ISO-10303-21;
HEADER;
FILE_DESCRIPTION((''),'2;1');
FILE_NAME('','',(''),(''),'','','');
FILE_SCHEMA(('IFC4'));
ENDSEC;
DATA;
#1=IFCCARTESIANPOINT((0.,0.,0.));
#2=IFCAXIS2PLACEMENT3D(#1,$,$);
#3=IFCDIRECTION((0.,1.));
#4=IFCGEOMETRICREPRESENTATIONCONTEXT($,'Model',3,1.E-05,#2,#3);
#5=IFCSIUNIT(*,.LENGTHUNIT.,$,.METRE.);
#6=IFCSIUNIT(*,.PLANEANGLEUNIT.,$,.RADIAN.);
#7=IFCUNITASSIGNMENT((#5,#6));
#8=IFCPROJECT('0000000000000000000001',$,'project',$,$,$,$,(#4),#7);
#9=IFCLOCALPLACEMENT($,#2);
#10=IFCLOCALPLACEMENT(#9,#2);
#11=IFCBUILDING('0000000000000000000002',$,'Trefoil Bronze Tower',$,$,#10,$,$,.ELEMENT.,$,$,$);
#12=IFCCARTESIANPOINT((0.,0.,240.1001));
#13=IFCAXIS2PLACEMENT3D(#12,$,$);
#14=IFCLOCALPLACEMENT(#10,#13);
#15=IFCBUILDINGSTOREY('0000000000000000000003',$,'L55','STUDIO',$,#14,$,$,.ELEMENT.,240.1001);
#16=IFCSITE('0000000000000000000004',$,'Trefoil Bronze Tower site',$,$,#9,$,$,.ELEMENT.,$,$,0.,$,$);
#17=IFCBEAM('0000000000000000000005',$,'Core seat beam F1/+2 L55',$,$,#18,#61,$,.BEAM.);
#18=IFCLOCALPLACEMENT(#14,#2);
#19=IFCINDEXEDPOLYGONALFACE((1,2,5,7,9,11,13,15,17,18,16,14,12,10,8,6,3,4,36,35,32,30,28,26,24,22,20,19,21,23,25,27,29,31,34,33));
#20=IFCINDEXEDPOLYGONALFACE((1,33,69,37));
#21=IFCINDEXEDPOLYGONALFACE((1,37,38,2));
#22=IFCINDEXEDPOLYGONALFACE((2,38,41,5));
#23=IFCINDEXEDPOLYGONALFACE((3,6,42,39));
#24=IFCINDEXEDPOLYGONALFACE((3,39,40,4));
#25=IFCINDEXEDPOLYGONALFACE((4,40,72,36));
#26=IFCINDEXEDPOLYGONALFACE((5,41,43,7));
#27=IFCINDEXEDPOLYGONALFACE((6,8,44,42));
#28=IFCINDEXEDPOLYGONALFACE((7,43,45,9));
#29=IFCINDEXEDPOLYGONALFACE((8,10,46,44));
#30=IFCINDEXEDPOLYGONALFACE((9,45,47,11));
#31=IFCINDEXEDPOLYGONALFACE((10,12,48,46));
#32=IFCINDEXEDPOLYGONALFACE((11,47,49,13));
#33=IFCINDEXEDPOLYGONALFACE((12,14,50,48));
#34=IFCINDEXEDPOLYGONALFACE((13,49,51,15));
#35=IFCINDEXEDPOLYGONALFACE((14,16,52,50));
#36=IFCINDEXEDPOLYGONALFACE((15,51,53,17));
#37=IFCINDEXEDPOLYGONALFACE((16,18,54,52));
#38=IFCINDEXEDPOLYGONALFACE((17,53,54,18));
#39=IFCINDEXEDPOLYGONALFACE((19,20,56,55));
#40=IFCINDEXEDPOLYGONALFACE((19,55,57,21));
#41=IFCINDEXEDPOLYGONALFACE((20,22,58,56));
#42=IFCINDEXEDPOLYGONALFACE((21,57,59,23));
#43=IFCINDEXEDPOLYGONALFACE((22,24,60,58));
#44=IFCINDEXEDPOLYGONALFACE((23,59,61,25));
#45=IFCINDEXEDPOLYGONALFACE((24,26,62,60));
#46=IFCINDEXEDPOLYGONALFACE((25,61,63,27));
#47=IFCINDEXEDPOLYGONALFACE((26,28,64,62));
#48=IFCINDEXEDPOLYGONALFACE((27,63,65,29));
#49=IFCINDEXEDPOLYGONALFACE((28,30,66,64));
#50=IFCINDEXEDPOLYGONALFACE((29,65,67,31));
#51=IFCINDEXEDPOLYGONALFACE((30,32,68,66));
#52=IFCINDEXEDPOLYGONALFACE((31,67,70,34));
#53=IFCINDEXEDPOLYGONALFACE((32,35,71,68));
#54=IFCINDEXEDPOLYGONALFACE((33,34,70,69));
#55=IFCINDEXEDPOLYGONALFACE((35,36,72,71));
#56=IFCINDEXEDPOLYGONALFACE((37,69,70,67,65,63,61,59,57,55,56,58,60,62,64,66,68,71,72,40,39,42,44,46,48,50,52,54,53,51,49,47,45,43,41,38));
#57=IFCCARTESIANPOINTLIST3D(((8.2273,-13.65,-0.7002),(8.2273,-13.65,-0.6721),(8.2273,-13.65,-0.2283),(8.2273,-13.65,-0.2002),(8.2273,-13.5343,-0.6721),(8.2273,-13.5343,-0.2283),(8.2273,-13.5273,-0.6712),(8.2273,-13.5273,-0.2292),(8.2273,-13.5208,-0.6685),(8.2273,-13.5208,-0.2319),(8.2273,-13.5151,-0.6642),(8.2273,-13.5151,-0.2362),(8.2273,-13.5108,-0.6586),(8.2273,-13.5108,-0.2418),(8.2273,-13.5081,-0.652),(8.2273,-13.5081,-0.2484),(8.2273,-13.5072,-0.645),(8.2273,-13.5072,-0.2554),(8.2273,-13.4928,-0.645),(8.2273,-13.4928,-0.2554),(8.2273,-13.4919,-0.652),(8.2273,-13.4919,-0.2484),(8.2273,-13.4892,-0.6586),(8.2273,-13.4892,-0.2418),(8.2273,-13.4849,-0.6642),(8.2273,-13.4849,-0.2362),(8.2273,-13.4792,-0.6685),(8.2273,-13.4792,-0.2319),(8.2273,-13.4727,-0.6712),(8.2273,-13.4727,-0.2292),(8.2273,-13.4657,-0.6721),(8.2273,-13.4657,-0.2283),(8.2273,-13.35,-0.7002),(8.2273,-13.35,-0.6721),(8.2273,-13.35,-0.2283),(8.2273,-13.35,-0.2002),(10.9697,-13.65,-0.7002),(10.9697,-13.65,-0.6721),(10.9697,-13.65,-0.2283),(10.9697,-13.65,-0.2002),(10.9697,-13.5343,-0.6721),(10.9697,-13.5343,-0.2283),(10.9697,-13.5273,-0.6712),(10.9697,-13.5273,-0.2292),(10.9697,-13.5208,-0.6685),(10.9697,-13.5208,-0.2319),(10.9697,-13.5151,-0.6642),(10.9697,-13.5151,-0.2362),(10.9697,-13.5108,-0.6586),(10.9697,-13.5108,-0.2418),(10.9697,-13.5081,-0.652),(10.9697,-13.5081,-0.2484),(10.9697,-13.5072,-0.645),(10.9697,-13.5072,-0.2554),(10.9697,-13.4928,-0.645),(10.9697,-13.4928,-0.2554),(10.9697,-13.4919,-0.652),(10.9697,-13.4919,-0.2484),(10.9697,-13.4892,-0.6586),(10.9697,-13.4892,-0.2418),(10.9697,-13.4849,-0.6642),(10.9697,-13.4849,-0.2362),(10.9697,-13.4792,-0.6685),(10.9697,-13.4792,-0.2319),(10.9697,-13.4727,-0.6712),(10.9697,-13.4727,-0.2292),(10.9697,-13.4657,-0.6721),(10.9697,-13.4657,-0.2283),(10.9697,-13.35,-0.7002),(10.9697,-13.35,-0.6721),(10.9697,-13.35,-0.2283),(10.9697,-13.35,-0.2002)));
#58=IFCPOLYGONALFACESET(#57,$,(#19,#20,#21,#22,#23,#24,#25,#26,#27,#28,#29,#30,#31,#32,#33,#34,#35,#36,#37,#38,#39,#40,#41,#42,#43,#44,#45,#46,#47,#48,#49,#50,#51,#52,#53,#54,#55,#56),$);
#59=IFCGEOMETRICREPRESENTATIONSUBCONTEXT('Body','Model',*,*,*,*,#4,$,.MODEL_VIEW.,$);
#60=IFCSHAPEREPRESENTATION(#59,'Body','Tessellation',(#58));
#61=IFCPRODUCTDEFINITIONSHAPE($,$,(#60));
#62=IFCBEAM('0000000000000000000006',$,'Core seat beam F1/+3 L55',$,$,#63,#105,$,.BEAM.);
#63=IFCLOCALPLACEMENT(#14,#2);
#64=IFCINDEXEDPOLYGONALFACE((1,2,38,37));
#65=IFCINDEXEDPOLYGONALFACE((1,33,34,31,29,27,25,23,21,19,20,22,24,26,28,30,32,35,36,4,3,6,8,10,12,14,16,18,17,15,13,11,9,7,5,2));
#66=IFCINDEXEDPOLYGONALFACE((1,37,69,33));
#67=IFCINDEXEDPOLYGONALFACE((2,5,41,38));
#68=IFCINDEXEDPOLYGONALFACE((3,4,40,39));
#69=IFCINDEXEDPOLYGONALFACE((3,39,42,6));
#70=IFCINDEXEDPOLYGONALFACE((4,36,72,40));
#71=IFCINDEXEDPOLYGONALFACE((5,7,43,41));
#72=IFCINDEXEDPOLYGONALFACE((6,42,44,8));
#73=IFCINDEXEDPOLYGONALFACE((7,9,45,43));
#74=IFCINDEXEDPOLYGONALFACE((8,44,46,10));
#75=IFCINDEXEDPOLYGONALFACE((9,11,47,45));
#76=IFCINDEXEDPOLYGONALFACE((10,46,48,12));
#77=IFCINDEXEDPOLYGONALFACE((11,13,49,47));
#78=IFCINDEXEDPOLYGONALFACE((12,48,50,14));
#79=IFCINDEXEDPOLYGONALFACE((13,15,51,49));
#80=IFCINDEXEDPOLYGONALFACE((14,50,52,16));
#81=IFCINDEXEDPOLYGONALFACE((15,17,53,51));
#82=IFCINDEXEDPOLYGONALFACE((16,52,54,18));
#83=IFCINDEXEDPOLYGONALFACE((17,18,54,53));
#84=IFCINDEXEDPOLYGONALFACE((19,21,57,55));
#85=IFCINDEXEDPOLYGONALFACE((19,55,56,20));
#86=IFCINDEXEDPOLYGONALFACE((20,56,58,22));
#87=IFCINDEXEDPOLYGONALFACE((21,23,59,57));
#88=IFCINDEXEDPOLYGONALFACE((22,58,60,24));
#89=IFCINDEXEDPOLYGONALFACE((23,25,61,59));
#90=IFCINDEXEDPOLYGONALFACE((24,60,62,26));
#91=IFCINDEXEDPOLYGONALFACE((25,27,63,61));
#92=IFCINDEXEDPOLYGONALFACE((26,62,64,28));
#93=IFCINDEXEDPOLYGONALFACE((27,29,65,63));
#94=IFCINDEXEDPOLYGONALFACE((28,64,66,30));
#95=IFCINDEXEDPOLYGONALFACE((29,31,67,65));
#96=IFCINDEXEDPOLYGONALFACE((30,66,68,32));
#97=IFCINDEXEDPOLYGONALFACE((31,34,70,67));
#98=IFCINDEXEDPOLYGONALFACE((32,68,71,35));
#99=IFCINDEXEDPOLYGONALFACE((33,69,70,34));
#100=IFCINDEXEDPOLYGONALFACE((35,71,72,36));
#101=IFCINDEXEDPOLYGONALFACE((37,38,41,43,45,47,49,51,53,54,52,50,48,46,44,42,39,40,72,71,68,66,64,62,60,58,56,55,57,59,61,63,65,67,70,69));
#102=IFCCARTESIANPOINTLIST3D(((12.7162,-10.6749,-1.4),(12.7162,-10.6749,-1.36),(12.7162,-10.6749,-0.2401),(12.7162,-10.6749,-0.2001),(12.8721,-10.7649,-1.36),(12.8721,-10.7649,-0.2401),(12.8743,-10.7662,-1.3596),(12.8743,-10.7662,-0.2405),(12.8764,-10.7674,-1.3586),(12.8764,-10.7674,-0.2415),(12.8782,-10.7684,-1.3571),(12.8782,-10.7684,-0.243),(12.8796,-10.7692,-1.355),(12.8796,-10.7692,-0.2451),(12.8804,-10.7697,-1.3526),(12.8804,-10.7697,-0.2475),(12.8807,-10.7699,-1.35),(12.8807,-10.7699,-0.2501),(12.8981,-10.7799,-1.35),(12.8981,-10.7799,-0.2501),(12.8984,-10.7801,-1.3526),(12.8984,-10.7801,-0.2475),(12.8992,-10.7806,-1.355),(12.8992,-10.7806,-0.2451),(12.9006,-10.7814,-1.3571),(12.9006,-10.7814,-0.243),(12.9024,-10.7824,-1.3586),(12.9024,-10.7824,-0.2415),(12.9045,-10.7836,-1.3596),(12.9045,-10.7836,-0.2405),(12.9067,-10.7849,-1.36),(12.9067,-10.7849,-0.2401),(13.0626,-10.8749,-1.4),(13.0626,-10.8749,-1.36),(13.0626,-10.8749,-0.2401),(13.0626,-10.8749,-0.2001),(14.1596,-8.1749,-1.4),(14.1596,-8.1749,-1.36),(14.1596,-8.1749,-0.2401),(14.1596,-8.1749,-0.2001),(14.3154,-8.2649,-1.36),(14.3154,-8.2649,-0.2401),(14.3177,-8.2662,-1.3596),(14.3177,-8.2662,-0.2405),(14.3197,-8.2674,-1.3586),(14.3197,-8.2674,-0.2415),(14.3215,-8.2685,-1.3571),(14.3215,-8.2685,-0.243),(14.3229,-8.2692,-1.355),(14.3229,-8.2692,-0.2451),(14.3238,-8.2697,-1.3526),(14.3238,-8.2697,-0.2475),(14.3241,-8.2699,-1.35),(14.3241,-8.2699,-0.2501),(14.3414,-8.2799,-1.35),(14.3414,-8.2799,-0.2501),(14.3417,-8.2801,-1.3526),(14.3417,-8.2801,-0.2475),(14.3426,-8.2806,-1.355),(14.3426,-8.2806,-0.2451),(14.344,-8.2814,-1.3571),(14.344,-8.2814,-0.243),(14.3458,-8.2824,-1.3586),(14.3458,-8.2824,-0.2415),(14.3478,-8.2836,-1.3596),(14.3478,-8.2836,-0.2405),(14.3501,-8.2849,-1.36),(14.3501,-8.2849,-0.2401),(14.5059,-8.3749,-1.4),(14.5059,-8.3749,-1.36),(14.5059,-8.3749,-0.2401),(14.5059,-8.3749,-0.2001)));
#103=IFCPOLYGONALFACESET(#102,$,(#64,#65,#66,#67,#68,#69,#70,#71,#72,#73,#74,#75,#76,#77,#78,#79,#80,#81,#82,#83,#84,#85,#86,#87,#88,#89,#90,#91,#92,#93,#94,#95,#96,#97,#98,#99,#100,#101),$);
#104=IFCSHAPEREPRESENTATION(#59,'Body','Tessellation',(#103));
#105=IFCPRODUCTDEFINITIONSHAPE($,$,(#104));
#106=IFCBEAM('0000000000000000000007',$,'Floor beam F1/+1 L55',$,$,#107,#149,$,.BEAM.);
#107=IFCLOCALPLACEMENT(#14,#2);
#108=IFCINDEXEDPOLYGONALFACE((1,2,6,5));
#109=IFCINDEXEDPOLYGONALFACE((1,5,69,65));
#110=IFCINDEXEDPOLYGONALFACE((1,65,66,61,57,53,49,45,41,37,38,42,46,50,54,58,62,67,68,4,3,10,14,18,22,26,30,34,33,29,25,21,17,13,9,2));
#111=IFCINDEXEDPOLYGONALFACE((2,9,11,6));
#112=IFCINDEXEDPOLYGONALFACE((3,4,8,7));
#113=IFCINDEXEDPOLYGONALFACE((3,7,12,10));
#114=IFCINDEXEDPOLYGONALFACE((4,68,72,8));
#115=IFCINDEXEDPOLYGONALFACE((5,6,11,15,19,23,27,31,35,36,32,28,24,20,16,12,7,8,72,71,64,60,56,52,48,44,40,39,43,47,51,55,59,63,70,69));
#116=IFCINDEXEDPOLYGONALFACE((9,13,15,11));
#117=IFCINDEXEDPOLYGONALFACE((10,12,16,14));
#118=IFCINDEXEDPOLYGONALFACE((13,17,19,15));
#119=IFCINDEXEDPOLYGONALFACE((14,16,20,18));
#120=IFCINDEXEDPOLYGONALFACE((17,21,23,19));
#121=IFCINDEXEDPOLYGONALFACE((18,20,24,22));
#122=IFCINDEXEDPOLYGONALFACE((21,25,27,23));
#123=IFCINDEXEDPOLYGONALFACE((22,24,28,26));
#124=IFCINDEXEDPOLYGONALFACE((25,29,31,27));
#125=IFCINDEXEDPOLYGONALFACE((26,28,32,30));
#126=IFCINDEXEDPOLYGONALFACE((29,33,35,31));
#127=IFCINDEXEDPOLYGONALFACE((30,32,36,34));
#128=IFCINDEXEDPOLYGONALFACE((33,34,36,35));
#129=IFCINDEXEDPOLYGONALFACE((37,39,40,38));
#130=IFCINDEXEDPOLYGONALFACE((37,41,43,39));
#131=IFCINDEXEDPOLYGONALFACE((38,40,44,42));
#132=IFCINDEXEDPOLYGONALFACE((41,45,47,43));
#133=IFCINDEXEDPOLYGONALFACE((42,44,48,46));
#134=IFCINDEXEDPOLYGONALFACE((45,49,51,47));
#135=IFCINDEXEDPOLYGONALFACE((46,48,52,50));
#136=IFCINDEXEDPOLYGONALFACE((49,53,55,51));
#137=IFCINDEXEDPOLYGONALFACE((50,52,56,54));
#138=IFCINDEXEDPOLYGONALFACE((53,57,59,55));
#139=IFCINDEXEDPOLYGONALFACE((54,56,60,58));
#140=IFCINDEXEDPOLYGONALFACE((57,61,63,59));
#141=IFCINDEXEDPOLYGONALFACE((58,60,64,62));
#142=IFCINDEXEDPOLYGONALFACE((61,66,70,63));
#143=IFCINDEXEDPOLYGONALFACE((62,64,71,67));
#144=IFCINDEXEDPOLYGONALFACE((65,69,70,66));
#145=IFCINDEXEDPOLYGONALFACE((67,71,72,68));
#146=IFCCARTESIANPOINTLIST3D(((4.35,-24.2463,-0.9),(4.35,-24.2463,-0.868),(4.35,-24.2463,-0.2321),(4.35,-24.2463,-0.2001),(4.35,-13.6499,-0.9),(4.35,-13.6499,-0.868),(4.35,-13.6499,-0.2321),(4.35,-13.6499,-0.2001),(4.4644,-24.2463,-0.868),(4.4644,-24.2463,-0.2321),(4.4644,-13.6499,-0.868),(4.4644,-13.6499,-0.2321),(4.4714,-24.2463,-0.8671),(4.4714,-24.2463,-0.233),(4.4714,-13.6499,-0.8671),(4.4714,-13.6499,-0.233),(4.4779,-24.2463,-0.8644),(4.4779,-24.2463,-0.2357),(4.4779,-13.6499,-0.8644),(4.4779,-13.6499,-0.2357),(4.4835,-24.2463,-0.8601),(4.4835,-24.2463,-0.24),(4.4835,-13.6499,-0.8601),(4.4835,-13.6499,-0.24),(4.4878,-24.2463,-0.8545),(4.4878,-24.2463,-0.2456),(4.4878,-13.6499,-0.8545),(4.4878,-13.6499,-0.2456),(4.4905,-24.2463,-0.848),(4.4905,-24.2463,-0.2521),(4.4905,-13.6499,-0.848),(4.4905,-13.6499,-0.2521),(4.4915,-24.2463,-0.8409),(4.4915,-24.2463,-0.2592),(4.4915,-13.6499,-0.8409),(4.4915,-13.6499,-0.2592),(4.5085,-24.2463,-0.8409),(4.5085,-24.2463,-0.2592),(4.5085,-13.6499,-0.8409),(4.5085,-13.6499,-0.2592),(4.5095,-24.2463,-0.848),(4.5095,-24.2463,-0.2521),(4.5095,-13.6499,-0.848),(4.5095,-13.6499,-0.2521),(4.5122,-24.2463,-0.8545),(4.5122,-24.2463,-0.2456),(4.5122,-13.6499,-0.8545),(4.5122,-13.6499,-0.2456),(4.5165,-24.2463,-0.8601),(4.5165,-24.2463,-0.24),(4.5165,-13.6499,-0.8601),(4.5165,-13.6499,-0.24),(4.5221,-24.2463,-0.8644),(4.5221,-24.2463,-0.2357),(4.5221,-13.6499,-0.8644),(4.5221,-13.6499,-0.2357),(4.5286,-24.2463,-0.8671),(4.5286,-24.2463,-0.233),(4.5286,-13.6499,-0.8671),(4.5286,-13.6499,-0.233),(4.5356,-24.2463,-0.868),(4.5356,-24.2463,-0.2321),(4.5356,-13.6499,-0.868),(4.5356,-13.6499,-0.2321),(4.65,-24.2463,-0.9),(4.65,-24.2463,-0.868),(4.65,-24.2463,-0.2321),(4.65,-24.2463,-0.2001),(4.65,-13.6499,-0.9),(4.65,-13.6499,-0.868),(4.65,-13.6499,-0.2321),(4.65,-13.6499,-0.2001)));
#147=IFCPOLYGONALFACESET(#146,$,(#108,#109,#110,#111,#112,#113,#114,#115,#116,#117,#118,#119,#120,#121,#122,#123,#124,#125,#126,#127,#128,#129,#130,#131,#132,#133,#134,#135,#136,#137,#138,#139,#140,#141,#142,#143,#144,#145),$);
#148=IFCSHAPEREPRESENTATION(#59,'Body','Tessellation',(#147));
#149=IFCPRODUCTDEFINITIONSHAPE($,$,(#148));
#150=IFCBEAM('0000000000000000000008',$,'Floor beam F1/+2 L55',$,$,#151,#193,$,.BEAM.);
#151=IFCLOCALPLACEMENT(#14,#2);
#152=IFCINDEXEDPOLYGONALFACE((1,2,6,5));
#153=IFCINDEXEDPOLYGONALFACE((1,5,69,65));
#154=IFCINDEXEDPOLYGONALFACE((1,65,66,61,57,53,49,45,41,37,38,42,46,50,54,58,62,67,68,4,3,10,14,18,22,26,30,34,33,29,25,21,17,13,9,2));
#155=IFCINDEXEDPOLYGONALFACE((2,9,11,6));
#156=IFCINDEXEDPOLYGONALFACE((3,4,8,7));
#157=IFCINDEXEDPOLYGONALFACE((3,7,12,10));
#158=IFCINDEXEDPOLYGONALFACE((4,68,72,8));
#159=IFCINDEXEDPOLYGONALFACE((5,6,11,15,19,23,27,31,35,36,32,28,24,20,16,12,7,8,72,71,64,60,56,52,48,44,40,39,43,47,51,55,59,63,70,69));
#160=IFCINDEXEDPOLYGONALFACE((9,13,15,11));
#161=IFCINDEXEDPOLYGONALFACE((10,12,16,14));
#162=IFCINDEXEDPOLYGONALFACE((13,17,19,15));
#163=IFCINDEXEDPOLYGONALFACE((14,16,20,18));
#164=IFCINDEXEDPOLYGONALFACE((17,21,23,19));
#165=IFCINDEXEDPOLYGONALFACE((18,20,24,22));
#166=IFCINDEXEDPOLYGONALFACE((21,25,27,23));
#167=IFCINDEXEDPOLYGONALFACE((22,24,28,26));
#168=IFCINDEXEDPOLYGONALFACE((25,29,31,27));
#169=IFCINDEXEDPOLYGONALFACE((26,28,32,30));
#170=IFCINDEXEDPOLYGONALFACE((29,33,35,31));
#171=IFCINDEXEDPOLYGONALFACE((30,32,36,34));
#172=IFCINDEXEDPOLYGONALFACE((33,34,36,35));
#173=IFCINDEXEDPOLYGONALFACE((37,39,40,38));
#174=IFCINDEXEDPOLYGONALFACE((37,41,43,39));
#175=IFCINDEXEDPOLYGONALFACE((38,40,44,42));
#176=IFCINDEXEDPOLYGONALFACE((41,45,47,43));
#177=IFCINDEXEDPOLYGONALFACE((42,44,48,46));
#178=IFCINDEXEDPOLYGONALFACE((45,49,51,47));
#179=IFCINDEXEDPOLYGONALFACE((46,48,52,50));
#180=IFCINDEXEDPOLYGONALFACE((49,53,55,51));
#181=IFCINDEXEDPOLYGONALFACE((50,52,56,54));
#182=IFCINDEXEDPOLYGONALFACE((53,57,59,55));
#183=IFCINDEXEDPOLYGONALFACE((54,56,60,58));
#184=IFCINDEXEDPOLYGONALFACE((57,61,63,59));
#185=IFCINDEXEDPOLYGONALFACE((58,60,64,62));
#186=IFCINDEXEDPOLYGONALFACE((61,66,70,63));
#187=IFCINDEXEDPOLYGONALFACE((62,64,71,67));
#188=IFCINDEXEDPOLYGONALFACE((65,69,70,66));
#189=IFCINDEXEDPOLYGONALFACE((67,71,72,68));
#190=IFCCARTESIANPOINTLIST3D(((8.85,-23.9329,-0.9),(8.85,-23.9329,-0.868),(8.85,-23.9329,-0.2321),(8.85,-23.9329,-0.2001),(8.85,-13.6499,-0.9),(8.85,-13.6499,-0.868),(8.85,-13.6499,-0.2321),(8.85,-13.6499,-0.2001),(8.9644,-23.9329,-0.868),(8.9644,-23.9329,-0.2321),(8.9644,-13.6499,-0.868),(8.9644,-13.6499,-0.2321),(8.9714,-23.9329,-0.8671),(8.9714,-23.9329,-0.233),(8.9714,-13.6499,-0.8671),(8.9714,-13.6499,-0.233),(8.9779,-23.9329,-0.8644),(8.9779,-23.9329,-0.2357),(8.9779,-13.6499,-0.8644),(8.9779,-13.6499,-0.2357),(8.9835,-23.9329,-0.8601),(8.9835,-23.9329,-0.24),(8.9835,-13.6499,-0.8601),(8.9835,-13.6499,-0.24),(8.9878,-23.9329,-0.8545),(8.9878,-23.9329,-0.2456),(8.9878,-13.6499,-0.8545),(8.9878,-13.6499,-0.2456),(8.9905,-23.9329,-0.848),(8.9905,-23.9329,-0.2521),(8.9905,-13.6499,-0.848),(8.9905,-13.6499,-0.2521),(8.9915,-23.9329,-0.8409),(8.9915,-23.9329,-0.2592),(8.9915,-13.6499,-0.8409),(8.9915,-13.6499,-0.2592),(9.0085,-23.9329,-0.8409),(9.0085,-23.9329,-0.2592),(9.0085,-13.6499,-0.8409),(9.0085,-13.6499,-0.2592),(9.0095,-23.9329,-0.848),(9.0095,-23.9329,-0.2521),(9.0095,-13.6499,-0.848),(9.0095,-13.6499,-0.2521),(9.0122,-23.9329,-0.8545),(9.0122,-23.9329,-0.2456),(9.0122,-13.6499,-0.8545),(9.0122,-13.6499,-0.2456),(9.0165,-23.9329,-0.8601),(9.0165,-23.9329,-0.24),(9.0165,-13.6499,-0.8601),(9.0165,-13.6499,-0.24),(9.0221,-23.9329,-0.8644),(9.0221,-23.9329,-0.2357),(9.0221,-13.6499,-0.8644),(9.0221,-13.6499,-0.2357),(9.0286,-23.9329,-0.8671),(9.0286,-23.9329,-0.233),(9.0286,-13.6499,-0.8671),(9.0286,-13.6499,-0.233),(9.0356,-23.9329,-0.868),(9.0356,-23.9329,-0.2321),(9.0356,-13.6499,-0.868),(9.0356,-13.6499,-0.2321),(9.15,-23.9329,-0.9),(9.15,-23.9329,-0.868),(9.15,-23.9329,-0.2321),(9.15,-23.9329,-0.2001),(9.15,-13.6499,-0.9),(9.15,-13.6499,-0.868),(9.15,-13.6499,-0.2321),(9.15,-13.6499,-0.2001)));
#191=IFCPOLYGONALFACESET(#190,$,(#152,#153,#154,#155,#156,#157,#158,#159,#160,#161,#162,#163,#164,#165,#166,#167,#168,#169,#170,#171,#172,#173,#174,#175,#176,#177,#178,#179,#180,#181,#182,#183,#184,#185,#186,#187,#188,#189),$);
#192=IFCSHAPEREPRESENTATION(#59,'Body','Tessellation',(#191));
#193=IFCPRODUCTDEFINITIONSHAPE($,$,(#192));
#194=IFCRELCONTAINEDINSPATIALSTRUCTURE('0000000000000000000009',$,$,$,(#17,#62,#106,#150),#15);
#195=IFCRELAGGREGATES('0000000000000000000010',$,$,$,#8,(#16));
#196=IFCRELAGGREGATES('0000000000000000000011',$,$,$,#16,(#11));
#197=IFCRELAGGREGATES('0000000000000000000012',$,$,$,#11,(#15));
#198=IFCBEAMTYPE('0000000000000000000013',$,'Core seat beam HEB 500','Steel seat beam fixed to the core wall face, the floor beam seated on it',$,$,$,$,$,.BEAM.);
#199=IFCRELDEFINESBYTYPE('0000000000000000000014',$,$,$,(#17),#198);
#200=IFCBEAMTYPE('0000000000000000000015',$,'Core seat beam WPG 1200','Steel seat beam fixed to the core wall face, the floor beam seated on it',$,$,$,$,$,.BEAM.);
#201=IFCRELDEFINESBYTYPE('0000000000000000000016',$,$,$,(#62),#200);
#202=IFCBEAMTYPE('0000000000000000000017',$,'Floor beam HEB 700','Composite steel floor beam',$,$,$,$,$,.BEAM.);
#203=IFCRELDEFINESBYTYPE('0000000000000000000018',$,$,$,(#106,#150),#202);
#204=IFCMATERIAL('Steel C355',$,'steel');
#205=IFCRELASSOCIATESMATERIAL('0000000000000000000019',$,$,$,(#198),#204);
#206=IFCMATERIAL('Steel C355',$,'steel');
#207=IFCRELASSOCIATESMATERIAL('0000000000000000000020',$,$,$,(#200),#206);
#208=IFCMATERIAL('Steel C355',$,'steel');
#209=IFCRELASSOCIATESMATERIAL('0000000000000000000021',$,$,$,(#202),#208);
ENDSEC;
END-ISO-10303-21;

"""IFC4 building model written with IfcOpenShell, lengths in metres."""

from ifc_helpers import new_model, si_unit, direction, frame, origin, origin_2d, place, context, subcontext, project, spatial, i_section, extrude, material, material_profile, profile_set, type_object, element, save


model = new_model("IFC4")

# Units and contexts
model_context = context("Model", 3, precision=1e-05, world=origin(), true_north=direction((0.0, 1.0)))
body_context = subcontext(model_context, "Body", "Model", "MODEL_VIEW")
ifc_project = project(units=[si_unit("LENGTHUNIT", "METRE"), si_unit("PLANEANGLEUNIT", "RADIAN")], contexts=[model_context])

# Site, building, storey
site_placement = place(None, origin())
site = spatial("IfcSite", under=ifc_project, at=site_placement, Name="Trefoil Bronze Tower site", CompositionType="ELEMENT", RefElevation=0.0)
building_placement = place(site_placement, origin())
building = spatial("IfcBuilding", under=site, at=building_placement, Name="Trefoil Bronze Tower", CompositionType="ELEMENT")
storey_placement = place(building_placement, frame((0.0, 0.0, 240.1001)))
storey = spatial("IfcBuildingStorey", under=building, at=storey_placement, Name="L55", Description="STUDIO", CompositionType="ELEMENT", Elevation=240.1001)

# Beams
ifc_material_1 = material(Name="Steel C355", Category="steel")
ifc_material_profile_1 = material_profile(ifc_material_1, i_section(OverallWidth=0.3, OverallDepth=0.5, WebThickness=0.0144, FlangeThickness=0.0281, FilletRadius=0.0271, at=origin_2d()), Name="HEB 500")
ifc_profile_set_1 = profile_set([ifc_material_profile_1], Name="Steel C355")
beam_type_1 = type_object("IfcBeamType", Name="Core seat beam HEB 500", Description="Steel seat beam fixed to the core wall face, the floor beam seated on it", PredefinedType="BEAM", material=ifc_profile_set_1)
for number, where, z_axis, x_axis, name in (
    (1, (8.2273, -13.5, -0.4502), (1.0, 0.0, 0.0), (0.0, 1.0, 0.0), "Core seat beam F1/+2 L55"),
):
    element("IfcBeam", number, at=place(storey_placement, frame(where, z_axis=z_axis, x_axis=x_axis)), inside=storey, type_object=beam_type_1, Name=name, PredefinedType="BEAM", context=body_context, shape_type="SweptSolid", body=[
        extrude(i_section(OverallWidth=0.3, OverallDepth=0.5, WebThickness=0.0144, FlangeThickness=0.0281, FilletRadius=0.0271, at=origin_2d()), origin(), (0.0, 0.0, 1.0), 2.7424),
    ])
ifc_material_2 = material(Name="Steel C355", Category="steel")
ifc_material_profile_2 = material_profile(ifc_material_2, i_section(OverallWidth=0.3999, OverallDepth=1.2, WebThickness=0.02, FlangeThickness=0.04, FilletRadius=0.01, at=origin_2d()), Name="WPG 1200")
ifc_profile_set_2 = profile_set([ifc_material_profile_2], Name="Steel C355")
beam_type_2 = type_object("IfcBeamType", Name="Core seat beam WPG 1200", Description="Steel seat beam fixed to the core wall face, the floor beam seated on it", PredefinedType="BEAM", material=ifc_profile_set_2)
beam_1_placement = place(storey_placement, frame((12.8894, -10.7749, -0.8), z_axis=(0.499996, 0.866028, 0.0), x_axis=(-0.866028, 0.499996, 0.0)))
element("IfcBeam", 2, at=beam_1_placement, inside=storey, type_object=beam_type_2, Name="Core seat beam F1/+3 L55", PredefinedType="BEAM", context=body_context, shape_type="SweptSolid", body=[
    extrude(i_section(OverallWidth=0.3999, OverallDepth=1.2, WebThickness=0.02, FlangeThickness=0.04, FilletRadius=0.01, at=origin_2d()), origin(), (0.0, 0.0, 1.0), 2.8867),
])
ifc_material_3 = material(Name="Steel C355", Category="steel")
ifc_material_profile_3 = material_profile(ifc_material_3, i_section(OverallWidth=0.3, OverallDepth=0.7, WebThickness=0.0171, FlangeThickness=0.032, FilletRadius=0.0271, at=origin_2d()), Name="HEB 700")
ifc_profile_set_3 = profile_set([ifc_material_profile_3], Name="Steel C355")
beam_type_3 = type_object("IfcBeamType", Name="Floor beam HEB 700", Description="Composite steel floor beam", PredefinedType="BEAM", material=ifc_profile_set_3)
beam_2_placement = place(storey_placement, frame((4.5, -24.2463, -0.55), z_axis=(0.0, 1.0, 0.0), x_axis=(-1.0, 0.0, 0.0)))
element("IfcBeam", 3, at=beam_2_placement, inside=storey, type_object=beam_type_3, Name="Floor beam F1/+1 L55", PredefinedType="BEAM", context=body_context, shape_type="SweptSolid", body=[
    extrude(i_section(OverallWidth=0.3, OverallDepth=0.7, WebThickness=0.0171, FlangeThickness=0.032, FilletRadius=0.0271, at=origin_2d()), origin(), (0.0, 0.0, 1.0), 10.5964),
])
beam_3_placement = place(storey_placement, frame((9.0, -23.9329, -0.55), z_axis=(0.0, 1.0, 0.0), x_axis=(-1.0, 0.0, 0.0)))
element("IfcBeam", 4, at=beam_3_placement, inside=storey, type_object=beam_type_3, Name="Floor beam F1/+2 L55", PredefinedType="BEAM", context=body_context, shape_type="SweptSolid", body=[
    extrude(i_section(OverallWidth=0.3, OverallDepth=0.7, WebThickness=0.0171, FlangeThickness=0.032, FilletRadius=0.0271, at=origin_2d()), origin(), (0.0, 0.0, 1.0), 10.283),
])

save(model, "model.ifc")
